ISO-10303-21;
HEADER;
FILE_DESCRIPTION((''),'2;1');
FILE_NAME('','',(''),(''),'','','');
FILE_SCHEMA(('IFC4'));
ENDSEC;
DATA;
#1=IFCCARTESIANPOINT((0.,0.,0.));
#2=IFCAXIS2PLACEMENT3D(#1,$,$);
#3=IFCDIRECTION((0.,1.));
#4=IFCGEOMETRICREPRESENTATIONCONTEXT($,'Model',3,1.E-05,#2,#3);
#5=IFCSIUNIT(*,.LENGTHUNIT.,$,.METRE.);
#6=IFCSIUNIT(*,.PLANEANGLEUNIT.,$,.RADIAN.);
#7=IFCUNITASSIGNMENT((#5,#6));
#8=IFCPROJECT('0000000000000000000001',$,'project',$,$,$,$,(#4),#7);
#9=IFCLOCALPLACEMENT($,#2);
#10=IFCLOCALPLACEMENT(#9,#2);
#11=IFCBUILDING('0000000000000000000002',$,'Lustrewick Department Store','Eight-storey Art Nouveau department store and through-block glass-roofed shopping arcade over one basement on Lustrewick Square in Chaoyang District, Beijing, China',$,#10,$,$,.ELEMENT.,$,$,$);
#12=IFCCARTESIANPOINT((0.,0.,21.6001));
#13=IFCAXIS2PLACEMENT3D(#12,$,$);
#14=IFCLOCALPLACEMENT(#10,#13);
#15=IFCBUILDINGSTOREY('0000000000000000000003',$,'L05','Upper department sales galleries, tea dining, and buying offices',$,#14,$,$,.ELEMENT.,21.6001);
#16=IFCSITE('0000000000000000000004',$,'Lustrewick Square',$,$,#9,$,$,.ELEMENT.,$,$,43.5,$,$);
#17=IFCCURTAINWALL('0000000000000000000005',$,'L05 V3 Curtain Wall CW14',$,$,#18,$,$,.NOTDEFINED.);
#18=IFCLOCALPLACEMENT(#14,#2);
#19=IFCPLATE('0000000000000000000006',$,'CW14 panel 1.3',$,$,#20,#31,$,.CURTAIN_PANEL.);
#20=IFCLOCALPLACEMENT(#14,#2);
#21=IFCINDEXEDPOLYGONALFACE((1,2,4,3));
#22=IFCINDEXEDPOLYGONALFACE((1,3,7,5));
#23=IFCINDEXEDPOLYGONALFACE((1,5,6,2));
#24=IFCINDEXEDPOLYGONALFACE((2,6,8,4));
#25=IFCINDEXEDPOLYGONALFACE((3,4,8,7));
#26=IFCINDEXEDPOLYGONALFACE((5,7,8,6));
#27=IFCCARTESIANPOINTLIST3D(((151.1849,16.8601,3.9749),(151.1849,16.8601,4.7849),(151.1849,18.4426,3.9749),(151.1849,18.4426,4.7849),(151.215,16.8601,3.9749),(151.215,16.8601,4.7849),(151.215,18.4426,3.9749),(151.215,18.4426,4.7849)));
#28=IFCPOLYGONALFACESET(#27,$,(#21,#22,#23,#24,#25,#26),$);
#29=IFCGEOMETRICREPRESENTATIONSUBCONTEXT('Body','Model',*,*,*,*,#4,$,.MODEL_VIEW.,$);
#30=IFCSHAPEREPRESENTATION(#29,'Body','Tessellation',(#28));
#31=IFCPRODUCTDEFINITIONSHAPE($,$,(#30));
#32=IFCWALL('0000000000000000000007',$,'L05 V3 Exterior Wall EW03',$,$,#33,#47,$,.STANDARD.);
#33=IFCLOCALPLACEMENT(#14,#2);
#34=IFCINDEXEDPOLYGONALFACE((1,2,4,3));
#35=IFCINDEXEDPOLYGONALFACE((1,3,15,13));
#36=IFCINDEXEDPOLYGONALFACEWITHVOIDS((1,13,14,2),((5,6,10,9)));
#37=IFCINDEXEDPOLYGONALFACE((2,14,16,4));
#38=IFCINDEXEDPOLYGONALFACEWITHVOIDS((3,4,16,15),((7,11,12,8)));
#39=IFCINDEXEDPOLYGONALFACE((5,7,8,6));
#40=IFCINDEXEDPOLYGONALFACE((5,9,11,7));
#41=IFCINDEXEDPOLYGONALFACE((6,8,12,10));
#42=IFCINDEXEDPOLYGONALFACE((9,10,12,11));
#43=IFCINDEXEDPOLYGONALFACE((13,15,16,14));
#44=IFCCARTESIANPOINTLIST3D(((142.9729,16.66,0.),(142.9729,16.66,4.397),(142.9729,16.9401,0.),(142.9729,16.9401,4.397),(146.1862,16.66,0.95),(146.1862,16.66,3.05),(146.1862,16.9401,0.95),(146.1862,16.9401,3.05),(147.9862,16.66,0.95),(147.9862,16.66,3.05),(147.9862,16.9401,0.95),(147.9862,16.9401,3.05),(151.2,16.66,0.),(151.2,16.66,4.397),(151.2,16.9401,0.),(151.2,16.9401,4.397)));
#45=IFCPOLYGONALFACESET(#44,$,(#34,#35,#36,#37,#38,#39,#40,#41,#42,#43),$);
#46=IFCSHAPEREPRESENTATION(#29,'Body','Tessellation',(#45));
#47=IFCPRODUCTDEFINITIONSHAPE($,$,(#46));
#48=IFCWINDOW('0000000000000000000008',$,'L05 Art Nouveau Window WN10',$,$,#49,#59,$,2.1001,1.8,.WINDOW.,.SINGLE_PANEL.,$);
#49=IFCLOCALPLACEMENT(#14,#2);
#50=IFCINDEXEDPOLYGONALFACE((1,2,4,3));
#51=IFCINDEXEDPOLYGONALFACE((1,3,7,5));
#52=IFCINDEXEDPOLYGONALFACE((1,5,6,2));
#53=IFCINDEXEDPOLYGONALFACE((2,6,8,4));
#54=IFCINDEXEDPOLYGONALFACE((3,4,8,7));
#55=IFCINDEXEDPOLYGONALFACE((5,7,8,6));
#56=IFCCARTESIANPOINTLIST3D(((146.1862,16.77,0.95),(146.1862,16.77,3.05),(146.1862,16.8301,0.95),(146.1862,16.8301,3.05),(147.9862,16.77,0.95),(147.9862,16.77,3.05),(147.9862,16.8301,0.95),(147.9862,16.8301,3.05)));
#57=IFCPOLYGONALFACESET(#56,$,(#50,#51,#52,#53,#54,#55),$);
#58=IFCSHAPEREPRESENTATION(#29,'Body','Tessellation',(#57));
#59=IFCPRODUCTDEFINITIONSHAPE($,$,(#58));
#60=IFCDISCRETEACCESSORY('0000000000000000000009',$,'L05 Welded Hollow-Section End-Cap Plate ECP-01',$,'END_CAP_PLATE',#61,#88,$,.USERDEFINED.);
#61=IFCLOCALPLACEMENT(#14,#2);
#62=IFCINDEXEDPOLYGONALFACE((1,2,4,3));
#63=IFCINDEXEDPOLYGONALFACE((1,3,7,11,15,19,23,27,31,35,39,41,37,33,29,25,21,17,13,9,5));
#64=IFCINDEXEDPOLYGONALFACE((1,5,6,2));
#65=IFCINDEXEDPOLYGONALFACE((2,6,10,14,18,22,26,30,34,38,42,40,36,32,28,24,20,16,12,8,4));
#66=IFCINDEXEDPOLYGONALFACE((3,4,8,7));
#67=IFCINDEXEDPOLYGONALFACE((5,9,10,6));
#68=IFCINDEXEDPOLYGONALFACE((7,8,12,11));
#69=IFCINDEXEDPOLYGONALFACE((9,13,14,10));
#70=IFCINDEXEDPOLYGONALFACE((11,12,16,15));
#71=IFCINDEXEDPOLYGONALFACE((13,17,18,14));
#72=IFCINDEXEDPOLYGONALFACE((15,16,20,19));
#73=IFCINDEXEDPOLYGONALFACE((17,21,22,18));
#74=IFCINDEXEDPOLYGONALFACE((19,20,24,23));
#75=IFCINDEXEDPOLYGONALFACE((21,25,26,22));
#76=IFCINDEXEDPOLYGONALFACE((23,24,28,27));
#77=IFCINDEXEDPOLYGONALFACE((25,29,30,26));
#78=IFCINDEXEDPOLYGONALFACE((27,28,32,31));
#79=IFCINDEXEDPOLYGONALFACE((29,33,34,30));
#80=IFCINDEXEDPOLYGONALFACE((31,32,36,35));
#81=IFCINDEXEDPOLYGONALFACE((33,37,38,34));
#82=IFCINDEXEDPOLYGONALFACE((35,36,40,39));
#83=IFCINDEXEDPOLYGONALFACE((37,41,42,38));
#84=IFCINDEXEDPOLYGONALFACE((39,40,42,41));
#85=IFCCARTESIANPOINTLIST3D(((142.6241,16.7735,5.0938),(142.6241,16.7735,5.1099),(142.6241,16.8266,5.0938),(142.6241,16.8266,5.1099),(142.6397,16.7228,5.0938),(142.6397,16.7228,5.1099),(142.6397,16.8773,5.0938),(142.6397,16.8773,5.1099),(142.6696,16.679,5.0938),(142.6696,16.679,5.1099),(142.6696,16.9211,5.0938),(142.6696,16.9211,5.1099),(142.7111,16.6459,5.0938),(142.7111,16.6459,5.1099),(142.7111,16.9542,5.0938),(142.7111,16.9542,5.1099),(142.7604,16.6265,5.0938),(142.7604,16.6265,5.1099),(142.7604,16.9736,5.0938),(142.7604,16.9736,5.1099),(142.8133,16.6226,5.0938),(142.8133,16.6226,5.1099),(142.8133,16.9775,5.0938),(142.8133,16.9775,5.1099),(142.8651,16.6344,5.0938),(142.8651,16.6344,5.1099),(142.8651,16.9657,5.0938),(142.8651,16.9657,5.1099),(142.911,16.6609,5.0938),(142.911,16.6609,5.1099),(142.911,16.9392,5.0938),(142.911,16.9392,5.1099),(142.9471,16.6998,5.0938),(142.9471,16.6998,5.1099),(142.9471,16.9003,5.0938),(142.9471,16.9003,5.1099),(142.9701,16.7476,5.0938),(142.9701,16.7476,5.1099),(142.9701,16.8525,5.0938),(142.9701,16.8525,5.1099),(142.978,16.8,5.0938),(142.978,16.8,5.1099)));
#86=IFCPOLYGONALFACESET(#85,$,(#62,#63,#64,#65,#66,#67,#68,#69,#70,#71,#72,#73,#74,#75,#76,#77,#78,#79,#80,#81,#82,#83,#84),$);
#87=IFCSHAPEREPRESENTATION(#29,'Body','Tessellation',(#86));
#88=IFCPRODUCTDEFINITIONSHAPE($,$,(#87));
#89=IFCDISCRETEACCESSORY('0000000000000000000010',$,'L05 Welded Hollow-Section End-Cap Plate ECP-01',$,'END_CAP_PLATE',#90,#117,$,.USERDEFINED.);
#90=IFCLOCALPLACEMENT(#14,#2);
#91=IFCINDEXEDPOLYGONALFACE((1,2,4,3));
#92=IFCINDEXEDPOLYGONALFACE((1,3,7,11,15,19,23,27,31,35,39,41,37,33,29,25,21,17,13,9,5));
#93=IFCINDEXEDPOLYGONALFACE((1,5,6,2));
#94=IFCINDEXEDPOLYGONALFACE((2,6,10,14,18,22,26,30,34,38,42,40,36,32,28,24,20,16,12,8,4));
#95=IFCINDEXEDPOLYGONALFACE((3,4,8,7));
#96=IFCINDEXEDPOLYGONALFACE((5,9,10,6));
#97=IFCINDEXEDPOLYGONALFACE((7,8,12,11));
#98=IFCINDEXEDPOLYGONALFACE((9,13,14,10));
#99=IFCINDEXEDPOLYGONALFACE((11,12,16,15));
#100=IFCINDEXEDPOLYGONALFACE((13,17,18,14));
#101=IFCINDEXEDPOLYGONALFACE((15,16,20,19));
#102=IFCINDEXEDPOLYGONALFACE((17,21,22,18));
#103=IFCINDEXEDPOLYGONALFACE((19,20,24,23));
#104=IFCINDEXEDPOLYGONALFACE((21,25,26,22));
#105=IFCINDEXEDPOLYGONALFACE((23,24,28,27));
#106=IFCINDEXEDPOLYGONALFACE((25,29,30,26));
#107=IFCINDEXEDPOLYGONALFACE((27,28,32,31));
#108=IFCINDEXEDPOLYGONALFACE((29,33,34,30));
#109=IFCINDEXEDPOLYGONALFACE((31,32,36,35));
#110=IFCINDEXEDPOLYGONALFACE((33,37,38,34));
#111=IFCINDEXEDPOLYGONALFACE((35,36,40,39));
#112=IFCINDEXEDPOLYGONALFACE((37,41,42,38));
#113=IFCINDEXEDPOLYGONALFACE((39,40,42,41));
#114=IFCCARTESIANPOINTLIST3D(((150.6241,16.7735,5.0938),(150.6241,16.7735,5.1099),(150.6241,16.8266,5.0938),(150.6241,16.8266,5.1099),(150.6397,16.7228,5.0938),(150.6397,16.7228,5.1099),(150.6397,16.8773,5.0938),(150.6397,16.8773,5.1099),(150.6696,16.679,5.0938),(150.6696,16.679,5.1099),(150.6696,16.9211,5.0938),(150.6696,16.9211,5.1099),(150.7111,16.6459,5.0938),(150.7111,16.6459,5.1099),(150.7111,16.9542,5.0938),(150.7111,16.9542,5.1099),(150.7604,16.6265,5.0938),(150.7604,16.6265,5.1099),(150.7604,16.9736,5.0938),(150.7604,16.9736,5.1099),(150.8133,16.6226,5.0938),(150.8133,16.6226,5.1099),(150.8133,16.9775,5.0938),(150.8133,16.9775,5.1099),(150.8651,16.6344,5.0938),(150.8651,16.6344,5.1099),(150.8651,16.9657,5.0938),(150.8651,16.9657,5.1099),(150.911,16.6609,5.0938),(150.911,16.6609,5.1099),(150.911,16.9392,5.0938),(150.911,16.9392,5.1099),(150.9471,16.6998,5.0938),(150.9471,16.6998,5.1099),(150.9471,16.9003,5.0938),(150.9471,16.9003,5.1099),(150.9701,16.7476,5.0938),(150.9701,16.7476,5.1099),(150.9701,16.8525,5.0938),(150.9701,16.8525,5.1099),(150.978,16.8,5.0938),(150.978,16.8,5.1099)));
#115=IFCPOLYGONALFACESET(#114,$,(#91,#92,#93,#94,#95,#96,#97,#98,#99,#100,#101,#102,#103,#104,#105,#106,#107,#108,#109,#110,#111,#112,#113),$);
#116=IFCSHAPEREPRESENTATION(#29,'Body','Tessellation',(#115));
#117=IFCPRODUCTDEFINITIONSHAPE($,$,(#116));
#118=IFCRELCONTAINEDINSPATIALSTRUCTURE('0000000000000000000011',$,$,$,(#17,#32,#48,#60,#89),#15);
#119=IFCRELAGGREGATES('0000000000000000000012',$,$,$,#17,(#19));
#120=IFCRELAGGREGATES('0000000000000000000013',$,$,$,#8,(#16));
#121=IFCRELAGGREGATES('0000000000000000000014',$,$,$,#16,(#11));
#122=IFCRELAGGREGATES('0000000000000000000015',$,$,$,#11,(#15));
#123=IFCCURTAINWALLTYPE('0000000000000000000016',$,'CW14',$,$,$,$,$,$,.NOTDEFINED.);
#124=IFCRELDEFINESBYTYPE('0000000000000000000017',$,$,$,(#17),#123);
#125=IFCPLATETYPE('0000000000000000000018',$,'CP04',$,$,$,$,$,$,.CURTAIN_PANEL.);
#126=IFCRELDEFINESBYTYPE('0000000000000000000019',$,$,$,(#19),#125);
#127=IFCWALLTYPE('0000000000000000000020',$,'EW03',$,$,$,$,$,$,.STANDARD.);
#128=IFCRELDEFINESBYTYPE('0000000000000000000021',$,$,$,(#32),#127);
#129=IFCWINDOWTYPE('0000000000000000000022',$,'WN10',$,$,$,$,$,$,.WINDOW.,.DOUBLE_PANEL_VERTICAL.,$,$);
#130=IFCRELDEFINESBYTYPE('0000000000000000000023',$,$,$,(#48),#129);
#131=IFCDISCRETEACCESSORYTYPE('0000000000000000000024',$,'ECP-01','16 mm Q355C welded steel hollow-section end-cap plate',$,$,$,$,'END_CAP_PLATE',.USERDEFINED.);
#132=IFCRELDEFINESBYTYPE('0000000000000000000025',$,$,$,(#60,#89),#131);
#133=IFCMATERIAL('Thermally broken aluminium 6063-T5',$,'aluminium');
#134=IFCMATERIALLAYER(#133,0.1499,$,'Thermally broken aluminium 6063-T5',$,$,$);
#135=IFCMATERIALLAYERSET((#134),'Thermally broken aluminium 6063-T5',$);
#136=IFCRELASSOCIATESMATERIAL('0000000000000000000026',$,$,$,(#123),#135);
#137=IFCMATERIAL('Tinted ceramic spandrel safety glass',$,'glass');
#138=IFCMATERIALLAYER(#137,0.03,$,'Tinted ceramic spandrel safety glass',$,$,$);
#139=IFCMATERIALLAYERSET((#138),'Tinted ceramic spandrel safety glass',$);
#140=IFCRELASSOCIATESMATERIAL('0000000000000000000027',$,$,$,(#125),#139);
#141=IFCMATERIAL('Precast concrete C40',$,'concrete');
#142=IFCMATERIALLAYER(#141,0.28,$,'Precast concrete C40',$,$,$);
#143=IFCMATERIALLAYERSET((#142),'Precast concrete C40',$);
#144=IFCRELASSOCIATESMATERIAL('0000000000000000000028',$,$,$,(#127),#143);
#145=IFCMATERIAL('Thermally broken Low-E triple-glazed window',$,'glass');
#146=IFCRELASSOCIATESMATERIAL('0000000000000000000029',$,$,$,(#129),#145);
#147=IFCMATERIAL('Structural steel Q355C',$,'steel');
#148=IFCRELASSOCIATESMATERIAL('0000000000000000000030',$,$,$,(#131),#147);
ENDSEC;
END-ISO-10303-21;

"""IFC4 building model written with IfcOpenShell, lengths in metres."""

from ifc_helpers import new_model, si_unit, direction, frame, frame_2d, origin, origin_2d, place, context, subcontext, project, spatial, rectangle, circle, extrude, material, layer, layer_set, type_object, element, fill, aggregate, save


model = new_model("IFC4")

# Units and contexts
model_context = context("Model", 3, precision=1e-05, world=origin(), true_north=direction((0.0, 1.0)))
body_context = subcontext(model_context, "Body", "Model", "MODEL_VIEW")
ifc_project = project(units=[si_unit("LENGTHUNIT", "METRE"), si_unit("PLANEANGLEUNIT", "RADIAN")], contexts=[model_context])

# Site, building, storey
site_placement = place(None, origin())
site = spatial("IfcSite", under=ifc_project, at=site_placement, Name="Lustrewick Square", CompositionType="ELEMENT", RefElevation=43.5)
building_placement = place(site_placement, origin())
building = spatial("IfcBuilding", under=site, at=building_placement, Name="Lustrewick Department Store", Description="Eight-storey Art Nouveau department store and through-block glass-roofed shopping arcade over one basement on Lustrewick Square in Chaoyang District, Beijing, China", CompositionType="ELEMENT")
storey_placement = place(building_placement, frame((0.0, 0.0, 21.6001)))
storey = spatial("IfcBuildingStorey", under=building, at=storey_placement, Name="L05", Description="Upper department sales galleries, tea dining, and buying offices", CompositionType="ELEMENT", Elevation=21.6001)

# Curtain wall
ifc_material_1 = material(Name="Thermally broken aluminium 6063-T5", Category="aluminium")
ifc_layer_1 = layer(ifc_material_1, 0.1499, Name="Thermally broken aluminium 6063-T5")
ifc_layer_set_1 = layer_set([ifc_layer_1], Name="Thermally broken aluminium 6063-T5")
curtain_wall_type = type_object("IfcCurtainWallType", Name="CW14", PredefinedType="NOTDEFINED", material=ifc_layer_set_1)
curtain_wall_placement = place(storey_placement, origin())
curtain_wall = element("IfcCurtainWall", 1, at=curtain_wall_placement, inside=storey, type_object=curtain_wall_type, Name="L05 V3 Curtain Wall CW14", PredefinedType="NOTDEFINED")

# Shared definitions
ifc_material_2 = material(Name="Structural steel Q355C", Category="steel")

# Plate
ifc_material_3 = material(Name="Tinted ceramic spandrel safety glass", Category="glass")
ifc_layer_2 = layer(ifc_material_3, 0.03, Name="Tinted ceramic spandrel safety glass")
ifc_layer_set_2 = layer_set([ifc_layer_2], Name="Tinted ceramic spandrel safety glass")
plate_type = type_object("IfcPlateType", Name="CP04", PredefinedType="CURTAIN_PANEL", material=ifc_layer_set_2)
plate_1_placement = place(storey_placement, frame((151.2, 17.6514, 3.9749), z_axis=(0.0, 0.0, 1.0), x_axis=(0.0, 1.0, 0.0)))
plate_1 = element("IfcPlate", 2, at=plate_1_placement, type_object=plate_type, Name="CW14 panel 1.3", PredefinedType="CURTAIN_PANEL", context=body_context, shape_type="SweptSolid", body=[
    extrude(rectangle(XDim=1.5825, YDim=0.03, at=origin_2d()), origin(), (0.0, 0.0, 1.0), 0.8101),
])
aggregate(curtain_wall, [plate_1])

# Wall, opening, window
ifc_material_4 = material(Name="Precast concrete C40", Category="concrete")
ifc_layer_3 = layer(ifc_material_4, 0.28, Name="Precast concrete C40")
ifc_layer_set_3 = layer_set([ifc_layer_3], Name="Precast concrete C40")
wall_type = type_object("IfcWallType", Name="EW03", PredefinedType="STANDARD", material=ifc_layer_set_3)
wall_placement = place(storey_placement, frame((142.9729, 16.8, 0.0), z_axis=(0.0, 0.0, 1.0), x_axis=(1.0, 0.0, 0.0)))
wall = element("IfcWall", 3, at=wall_placement, inside=storey, type_object=wall_type, Name="L05 V3 Exterior Wall EW03", PredefinedType="STANDARD", context=body_context, shape_type="SweptSolid", body=[
    extrude(rectangle(XDim=8.2271, YDim=0.28, at=frame_2d((4.1135, 0.0))), origin(), (0.0, 0.0, 1.0), 4.397),
])
opening_placement = place(wall_placement, frame((3.2134, 0.0, 0.95)))
opening = element("IfcOpeningElement", 4, at=opening_placement, cuts=wall, PredefinedType="OPENING", context=body_context, shape_type="SweptSolid", body=[
    extrude(rectangle(XDim=1.8, YDim=2.1001, at=frame_2d((0.8999, 1.05))), frame((0.0, 0.1499, 0.0), z_axis=(0.0, -1.0, 0.0), x_axis=(1.0, 0.0, 0.0)), (0.0, 0.0, 1.0), 0.3),
])
ifc_material_5 = material(Name="Thermally broken Low-E triple-glazed window", Category="glass")
window_type = type_object("IfcWindowType", Name="WN10", PartitioningType="DOUBLE_PANEL_VERTICAL", PredefinedType="WINDOW", material=ifc_material_5)
window_placement = place(opening_placement, origin())
window = element("IfcWindow", 5, at=window_placement, inside=storey, type_object=window_type, Name="L05 Art Nouveau Window WN10", OverallHeight=2.1001, OverallWidth=1.8, PartitioningType="SINGLE_PANEL", PredefinedType="WINDOW", context=body_context, shape_type="SweptSolid", body=[
    extrude(rectangle(XDim=1.8, YDim=2.1001, at=frame_2d((0.8999, 1.05))), frame((0.0, 0.03, 0.0), z_axis=(0.0, -1.0, 0.0), x_axis=(1.0, 0.0, 0.0)), (0.0, 0.0, 1.0), 0.0601),
])
fill(opening, window)

# Discrete accessories
discrete_accessory_type = type_object("IfcDiscreteAccessoryType", Name="ECP-01", Description="16 mm Q355C welded steel hollow-section end-cap plate", ElementType="END_CAP_PLATE", PredefinedType="USERDEFINED", material=ifc_material_2)
for number, where, z_axis, x_axis, name in (
    (6, (142.8, 16.8, 5.0938), (0.0, 0.0, 1.0), (1.0, 0.0, 0.0), "L05 Welded Hollow-Section End-Cap Plate ECP-01"),
    (7, (150.8, 16.8, 5.0938), (0.0, 0.0, 1.0), (1.0, 0.0, 0.0), "L05 Welded Hollow-Section End-Cap Plate ECP-01"),
):
    element("IfcDiscreteAccessory", number, at=place(storey_placement, frame(where, z_axis=z_axis, x_axis=x_axis)), inside=storey, type_object=discrete_accessory_type, Name=name, ObjectType="END_CAP_PLATE", PredefinedType="USERDEFINED", context=body_context, shape_type="SweptSolid", body=[
        extrude(circle(Radius=0.178, at=origin_2d()), origin(), (0.0, 0.0, 1.0), 0.0161),
    ])

save(model, "model.ifc")
